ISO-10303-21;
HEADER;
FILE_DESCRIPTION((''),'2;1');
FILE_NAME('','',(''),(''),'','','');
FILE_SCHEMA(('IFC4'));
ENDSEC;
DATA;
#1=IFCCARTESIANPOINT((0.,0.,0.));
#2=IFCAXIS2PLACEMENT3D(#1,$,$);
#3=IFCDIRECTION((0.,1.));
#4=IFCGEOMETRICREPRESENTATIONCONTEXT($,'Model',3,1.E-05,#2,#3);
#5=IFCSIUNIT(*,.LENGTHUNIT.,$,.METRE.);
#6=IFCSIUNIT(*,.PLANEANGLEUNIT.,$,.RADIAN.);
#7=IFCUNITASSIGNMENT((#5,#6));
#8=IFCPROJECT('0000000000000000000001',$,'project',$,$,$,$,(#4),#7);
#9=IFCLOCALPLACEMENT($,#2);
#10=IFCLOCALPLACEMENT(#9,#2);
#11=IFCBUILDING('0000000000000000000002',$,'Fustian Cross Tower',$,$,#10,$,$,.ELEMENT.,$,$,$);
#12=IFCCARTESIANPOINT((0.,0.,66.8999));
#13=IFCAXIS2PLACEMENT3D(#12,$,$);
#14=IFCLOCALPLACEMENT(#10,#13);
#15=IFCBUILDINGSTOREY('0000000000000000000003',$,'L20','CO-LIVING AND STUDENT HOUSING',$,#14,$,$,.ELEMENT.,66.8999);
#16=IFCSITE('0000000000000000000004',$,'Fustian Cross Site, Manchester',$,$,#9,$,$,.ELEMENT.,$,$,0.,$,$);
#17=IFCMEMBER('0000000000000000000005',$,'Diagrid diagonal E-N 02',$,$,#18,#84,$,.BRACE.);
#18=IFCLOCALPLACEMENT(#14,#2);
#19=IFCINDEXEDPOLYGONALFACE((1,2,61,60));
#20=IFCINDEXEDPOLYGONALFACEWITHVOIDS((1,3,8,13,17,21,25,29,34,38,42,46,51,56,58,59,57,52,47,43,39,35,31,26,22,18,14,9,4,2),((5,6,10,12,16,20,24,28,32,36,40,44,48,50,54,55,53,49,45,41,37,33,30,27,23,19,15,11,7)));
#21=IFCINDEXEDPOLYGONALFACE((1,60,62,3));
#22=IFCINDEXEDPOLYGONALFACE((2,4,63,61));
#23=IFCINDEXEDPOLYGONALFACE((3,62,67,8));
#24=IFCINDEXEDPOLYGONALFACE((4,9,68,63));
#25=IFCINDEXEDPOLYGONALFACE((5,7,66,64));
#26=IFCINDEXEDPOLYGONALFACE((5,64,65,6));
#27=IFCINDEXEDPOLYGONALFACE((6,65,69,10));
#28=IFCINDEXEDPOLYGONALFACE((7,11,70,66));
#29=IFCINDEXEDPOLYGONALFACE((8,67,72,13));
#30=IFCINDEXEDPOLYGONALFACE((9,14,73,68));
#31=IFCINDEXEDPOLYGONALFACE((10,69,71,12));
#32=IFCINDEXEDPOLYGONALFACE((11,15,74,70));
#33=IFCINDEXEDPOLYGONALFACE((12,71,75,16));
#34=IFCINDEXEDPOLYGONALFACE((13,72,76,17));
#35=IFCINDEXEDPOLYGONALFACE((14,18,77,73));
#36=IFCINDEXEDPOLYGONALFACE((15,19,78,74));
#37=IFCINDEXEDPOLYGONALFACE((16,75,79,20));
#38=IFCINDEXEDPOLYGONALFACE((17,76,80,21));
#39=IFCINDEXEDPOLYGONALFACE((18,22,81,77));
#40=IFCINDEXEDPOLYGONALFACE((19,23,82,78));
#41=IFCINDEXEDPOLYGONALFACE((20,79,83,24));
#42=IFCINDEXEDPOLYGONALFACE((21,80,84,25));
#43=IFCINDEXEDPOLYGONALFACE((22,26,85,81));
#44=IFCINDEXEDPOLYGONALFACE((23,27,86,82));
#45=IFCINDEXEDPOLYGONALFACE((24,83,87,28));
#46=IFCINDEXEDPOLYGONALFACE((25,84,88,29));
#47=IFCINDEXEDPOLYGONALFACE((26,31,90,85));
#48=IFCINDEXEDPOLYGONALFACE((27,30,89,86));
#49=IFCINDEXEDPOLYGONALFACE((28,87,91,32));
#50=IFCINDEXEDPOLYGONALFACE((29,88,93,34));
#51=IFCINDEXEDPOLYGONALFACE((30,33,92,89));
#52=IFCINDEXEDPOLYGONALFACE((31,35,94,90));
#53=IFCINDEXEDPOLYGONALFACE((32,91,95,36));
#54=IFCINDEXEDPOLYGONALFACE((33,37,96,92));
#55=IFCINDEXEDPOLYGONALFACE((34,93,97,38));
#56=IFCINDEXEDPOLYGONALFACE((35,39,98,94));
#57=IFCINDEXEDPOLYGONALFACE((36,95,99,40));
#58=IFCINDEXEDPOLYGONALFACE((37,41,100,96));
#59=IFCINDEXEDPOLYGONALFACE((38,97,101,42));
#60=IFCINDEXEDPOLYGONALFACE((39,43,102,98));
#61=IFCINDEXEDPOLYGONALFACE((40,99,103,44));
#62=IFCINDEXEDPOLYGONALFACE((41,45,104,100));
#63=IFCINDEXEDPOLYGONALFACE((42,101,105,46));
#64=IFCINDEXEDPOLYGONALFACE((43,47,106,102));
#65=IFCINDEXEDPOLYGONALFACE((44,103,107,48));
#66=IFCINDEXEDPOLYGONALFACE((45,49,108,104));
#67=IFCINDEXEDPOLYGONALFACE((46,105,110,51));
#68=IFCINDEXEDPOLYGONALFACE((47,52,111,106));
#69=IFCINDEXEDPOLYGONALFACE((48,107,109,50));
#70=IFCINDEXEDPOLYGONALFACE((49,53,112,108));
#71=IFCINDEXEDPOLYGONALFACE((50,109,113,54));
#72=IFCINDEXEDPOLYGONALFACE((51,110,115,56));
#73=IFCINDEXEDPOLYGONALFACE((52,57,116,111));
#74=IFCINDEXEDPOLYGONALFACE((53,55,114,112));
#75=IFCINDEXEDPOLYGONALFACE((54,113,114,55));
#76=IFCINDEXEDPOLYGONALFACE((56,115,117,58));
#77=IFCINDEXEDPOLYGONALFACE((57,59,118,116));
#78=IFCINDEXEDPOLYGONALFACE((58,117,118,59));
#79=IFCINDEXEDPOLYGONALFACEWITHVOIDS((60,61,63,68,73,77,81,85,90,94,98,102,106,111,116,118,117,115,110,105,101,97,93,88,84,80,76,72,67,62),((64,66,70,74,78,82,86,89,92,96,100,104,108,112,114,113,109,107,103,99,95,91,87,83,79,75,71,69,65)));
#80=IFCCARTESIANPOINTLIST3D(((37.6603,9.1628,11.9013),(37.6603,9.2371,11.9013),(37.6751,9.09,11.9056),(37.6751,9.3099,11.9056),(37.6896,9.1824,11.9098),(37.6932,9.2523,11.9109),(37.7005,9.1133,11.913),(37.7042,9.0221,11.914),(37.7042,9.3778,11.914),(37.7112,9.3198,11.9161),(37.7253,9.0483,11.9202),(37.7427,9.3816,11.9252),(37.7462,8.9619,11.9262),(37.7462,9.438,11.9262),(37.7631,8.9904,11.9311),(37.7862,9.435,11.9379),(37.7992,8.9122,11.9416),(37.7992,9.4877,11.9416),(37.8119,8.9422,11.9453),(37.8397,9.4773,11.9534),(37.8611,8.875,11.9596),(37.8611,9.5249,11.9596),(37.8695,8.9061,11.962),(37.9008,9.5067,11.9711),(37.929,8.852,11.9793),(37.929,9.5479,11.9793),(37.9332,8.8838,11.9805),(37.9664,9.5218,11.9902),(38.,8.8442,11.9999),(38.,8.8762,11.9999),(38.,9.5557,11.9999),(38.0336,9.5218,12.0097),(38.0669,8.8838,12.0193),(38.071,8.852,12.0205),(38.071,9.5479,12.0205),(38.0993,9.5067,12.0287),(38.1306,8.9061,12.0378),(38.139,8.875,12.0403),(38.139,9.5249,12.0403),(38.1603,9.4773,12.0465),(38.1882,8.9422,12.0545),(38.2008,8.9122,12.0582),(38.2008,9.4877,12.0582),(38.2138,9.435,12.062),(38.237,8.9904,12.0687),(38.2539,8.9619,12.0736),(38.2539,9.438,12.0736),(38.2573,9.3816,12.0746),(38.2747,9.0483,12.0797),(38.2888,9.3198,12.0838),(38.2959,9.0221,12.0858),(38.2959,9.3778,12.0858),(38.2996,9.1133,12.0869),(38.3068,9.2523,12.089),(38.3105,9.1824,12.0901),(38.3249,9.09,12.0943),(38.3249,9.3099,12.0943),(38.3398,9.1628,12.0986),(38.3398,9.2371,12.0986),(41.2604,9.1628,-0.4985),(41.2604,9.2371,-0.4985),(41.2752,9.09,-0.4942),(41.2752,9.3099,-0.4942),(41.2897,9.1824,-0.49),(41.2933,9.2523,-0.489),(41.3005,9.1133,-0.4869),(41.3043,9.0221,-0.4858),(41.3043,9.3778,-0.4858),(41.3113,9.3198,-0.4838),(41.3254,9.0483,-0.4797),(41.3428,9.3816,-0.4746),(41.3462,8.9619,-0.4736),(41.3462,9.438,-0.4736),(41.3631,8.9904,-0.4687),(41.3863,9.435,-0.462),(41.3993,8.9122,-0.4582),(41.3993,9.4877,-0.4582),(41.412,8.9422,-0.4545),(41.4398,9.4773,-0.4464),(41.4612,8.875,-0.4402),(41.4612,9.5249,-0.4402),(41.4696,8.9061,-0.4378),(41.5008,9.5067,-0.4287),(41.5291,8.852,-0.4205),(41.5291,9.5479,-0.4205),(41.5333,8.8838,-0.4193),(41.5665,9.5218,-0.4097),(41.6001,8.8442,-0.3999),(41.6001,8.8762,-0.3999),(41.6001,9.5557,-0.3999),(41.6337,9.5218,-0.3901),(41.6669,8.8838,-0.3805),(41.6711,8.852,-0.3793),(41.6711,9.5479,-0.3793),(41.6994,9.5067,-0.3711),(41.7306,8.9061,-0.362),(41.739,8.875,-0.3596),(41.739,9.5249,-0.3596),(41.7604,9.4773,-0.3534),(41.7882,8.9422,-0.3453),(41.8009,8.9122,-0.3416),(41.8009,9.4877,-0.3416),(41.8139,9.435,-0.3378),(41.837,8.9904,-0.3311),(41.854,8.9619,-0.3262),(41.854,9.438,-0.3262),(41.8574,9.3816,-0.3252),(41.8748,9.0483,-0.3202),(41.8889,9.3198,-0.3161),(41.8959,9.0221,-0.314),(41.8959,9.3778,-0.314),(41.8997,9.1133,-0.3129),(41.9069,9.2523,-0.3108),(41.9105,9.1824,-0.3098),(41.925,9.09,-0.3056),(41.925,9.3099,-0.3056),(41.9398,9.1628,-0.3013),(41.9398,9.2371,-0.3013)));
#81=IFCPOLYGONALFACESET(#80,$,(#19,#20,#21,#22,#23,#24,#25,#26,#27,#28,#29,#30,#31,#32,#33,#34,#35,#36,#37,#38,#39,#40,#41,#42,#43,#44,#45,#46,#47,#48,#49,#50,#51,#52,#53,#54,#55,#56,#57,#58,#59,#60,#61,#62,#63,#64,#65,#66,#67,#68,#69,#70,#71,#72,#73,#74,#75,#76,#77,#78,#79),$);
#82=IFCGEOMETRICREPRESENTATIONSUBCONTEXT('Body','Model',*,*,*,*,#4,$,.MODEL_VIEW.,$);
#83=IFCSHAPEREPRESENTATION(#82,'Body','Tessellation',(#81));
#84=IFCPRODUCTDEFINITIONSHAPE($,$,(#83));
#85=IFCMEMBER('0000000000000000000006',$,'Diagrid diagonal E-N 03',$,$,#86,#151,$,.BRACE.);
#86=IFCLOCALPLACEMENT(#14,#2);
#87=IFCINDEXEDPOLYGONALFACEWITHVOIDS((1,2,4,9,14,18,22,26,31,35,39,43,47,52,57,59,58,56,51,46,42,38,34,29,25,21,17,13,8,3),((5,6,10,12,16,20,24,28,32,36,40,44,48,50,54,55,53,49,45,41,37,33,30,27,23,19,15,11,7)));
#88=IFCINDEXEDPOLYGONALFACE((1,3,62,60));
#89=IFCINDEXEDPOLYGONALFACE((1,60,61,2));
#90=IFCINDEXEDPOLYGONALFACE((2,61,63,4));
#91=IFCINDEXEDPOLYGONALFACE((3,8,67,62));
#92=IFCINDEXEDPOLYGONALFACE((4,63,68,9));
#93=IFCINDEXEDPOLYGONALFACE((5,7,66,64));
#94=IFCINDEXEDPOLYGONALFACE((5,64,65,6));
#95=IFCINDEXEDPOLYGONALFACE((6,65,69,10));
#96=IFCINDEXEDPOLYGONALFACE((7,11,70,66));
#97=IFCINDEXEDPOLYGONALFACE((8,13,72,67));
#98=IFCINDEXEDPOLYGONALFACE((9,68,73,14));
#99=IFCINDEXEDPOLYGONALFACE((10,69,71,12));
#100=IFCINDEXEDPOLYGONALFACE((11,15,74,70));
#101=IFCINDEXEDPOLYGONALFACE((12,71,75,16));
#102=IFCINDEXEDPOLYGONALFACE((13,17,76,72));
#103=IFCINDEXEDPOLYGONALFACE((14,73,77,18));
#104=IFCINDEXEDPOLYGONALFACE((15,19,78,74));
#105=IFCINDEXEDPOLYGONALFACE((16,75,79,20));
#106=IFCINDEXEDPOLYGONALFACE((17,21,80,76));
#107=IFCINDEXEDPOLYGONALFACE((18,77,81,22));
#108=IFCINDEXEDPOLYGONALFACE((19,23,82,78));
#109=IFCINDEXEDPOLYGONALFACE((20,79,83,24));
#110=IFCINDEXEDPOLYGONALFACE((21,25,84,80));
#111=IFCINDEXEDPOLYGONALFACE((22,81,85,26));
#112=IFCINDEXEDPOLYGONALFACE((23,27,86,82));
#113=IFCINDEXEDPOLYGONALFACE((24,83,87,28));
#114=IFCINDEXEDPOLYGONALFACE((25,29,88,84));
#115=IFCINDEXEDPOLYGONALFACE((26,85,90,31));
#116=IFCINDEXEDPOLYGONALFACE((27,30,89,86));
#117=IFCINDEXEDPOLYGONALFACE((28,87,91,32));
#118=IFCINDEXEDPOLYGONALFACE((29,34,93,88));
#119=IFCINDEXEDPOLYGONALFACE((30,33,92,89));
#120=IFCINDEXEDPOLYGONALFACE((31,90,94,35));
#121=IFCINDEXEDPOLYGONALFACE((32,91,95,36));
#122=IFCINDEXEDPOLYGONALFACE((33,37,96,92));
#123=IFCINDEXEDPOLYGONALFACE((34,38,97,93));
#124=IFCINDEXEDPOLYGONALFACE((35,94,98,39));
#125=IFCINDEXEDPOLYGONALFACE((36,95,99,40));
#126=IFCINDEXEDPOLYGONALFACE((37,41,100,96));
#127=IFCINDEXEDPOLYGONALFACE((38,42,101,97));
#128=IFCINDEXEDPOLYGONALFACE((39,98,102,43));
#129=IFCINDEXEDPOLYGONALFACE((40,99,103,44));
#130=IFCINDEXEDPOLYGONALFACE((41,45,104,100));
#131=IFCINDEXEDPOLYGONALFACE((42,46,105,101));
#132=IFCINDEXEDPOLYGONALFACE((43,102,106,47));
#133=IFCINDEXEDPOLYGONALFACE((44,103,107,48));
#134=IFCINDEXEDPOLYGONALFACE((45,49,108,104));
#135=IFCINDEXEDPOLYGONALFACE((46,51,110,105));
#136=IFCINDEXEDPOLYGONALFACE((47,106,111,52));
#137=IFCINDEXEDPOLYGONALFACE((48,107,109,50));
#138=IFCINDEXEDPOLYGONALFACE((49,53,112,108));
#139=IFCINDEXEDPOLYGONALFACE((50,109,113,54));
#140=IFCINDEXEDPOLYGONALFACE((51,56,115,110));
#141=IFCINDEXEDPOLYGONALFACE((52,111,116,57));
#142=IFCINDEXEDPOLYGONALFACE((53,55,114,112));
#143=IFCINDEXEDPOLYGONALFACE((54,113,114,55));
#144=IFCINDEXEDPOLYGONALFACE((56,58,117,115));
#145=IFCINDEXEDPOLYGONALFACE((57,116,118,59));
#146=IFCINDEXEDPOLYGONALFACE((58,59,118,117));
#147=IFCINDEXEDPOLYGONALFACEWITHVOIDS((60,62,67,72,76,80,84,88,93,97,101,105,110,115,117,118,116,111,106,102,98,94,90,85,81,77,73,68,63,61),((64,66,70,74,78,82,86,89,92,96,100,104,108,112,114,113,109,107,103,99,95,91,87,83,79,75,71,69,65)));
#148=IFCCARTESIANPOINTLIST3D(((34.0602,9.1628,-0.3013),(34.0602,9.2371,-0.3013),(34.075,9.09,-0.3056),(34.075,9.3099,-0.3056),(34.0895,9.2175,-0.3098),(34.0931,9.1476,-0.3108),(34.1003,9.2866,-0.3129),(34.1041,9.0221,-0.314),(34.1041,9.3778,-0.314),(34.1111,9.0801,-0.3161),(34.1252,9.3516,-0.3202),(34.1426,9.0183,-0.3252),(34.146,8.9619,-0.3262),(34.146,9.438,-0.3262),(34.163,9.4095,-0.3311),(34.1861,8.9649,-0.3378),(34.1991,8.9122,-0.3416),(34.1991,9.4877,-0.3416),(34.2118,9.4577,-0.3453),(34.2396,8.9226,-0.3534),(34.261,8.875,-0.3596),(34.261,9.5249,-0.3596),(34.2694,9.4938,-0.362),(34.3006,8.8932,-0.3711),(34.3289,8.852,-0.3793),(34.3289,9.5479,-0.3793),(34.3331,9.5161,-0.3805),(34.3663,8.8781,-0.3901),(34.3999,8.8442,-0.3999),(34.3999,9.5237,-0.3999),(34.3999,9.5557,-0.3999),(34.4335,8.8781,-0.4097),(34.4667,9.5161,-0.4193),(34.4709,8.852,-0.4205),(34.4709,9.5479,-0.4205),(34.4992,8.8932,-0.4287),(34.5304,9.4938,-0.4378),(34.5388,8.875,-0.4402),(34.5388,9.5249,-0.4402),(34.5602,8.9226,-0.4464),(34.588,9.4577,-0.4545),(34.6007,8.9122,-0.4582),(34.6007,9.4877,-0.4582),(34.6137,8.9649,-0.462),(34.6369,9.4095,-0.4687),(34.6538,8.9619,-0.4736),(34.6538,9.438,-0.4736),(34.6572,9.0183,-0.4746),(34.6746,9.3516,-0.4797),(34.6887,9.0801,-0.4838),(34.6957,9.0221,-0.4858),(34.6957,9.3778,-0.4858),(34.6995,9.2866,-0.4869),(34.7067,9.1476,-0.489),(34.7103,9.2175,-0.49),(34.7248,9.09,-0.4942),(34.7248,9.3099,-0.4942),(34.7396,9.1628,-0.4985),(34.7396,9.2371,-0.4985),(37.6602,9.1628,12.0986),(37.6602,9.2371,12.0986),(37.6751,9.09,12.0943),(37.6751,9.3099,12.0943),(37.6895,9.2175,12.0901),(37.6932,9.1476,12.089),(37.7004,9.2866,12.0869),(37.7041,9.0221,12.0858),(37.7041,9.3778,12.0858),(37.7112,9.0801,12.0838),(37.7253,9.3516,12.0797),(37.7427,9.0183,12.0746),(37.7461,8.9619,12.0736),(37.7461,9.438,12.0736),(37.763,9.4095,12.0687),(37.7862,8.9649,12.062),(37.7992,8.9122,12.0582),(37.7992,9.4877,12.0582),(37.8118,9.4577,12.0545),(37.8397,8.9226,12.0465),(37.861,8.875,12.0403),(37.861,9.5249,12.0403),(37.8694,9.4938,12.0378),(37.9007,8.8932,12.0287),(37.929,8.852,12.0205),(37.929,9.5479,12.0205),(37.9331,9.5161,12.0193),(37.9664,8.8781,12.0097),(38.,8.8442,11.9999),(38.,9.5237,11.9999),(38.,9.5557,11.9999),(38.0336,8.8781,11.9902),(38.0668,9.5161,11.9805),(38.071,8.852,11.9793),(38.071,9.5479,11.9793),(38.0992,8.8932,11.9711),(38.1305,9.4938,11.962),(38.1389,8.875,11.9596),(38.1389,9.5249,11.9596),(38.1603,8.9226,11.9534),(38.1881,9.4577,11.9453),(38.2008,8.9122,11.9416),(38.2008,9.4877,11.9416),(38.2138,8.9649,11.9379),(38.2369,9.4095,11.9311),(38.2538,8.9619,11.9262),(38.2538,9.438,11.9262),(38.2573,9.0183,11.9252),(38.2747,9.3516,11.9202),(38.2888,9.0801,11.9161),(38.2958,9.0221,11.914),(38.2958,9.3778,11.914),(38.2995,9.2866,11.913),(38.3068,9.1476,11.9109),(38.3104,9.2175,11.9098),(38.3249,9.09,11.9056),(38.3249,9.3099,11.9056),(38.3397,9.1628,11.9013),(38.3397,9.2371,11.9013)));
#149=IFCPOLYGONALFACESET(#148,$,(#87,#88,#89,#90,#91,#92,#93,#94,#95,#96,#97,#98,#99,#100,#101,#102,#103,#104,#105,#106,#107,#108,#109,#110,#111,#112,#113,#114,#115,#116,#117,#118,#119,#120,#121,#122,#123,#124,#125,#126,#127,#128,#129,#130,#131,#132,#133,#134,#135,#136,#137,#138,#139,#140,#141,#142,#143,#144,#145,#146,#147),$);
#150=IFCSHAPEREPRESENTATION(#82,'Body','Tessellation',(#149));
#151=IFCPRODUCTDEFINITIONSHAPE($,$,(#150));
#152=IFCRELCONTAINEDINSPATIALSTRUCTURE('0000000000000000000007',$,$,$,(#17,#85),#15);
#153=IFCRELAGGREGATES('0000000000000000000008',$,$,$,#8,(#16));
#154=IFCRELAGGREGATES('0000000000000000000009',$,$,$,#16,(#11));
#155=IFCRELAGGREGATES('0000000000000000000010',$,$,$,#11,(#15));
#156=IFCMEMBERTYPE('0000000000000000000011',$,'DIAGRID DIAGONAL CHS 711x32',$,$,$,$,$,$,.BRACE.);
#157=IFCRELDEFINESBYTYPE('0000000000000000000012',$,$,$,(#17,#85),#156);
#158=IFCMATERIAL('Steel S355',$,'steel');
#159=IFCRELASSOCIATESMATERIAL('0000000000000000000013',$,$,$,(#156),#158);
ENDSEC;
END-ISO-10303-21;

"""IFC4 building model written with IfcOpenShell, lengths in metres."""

from ifc_helpers import new_model, si_unit, direction, frame, origin, origin_2d, place, context, subcontext, project, spatial, hollow_circle, extrude, material, material_profile, profile_set, type_object, element, save


model = new_model("IFC4")

# Units and contexts
model_context = context("Model", 3, precision=1e-05, world=origin(), true_north=direction((0.0, 1.0)))
body_context = subcontext(model_context, "Body", "Model", "MODEL_VIEW")
ifc_project = project(units=[si_unit("LENGTHUNIT", "METRE"), si_unit("PLANEANGLEUNIT", "RADIAN")], contexts=[model_context])

# Site, building, storey
site_placement = place(None, origin())
site = spatial("IfcSite", under=ifc_project, at=site_placement, Name="Fustian Cross Site, Manchester", CompositionType="ELEMENT", RefElevation=0.0)
building_placement = place(site_placement, origin())
building = spatial("IfcBuilding", under=site, at=building_placement, Name="Fustian Cross Tower", CompositionType="ELEMENT")
storey_placement = place(building_placement, frame((0.0, 0.0, 66.8999)))
storey = spatial("IfcBuildingStorey", under=building, at=storey_placement, Name="L20", Description="CO-LIVING AND STUDENT HOUSING", CompositionType="ELEMENT", Elevation=66.8999)

# Members
ifc_material_1 = material(Name="Steel S355", Category="steel")
ifc_material_profile_1 = material_profile(ifc_material_1, hollow_circle(Radius=0.3557, WallThickness=0.032, at=origin_2d()), Name="CHS 711x32")
ifc_profile_set_1 = profile_set([ifc_material_profile_1], Name="Steel S355")
member_type_1 = type_object("IfcMemberType", Name="DIAGRID DIAGONAL CHS 711x32", PredefinedType="BRACE", material=ifc_profile_set_1)
for number, where, z_axis, x_axis, name in (
    (1, (41.6001, 9.2, -0.3999), (-0.278819, 0.0, 0.960344), (0.0, -1.0, 0.0), "Diagrid diagonal E-N 02"),
    (2, (34.3999, 9.2, -0.3999), (0.278819, 0.0, 0.960344), (0.0, 1.0, 0.0), "Diagrid diagonal E-N 03"),
):
    element("IfcMember", number, at=place(storey_placement, frame(where, z_axis=z_axis, x_axis=x_axis)), inside=storey, type_object=member_type_1, Name=name, PredefinedType="BRACE", context=body_context, shape_type="SweptSolid", body=[
        extrude(hollow_circle(Radius=0.3557, WallThickness=0.032, at=origin_2d()), origin(), (0.0, 0.0, 1.0), 12.9119),
    ])

save(model, "model.ifc")
